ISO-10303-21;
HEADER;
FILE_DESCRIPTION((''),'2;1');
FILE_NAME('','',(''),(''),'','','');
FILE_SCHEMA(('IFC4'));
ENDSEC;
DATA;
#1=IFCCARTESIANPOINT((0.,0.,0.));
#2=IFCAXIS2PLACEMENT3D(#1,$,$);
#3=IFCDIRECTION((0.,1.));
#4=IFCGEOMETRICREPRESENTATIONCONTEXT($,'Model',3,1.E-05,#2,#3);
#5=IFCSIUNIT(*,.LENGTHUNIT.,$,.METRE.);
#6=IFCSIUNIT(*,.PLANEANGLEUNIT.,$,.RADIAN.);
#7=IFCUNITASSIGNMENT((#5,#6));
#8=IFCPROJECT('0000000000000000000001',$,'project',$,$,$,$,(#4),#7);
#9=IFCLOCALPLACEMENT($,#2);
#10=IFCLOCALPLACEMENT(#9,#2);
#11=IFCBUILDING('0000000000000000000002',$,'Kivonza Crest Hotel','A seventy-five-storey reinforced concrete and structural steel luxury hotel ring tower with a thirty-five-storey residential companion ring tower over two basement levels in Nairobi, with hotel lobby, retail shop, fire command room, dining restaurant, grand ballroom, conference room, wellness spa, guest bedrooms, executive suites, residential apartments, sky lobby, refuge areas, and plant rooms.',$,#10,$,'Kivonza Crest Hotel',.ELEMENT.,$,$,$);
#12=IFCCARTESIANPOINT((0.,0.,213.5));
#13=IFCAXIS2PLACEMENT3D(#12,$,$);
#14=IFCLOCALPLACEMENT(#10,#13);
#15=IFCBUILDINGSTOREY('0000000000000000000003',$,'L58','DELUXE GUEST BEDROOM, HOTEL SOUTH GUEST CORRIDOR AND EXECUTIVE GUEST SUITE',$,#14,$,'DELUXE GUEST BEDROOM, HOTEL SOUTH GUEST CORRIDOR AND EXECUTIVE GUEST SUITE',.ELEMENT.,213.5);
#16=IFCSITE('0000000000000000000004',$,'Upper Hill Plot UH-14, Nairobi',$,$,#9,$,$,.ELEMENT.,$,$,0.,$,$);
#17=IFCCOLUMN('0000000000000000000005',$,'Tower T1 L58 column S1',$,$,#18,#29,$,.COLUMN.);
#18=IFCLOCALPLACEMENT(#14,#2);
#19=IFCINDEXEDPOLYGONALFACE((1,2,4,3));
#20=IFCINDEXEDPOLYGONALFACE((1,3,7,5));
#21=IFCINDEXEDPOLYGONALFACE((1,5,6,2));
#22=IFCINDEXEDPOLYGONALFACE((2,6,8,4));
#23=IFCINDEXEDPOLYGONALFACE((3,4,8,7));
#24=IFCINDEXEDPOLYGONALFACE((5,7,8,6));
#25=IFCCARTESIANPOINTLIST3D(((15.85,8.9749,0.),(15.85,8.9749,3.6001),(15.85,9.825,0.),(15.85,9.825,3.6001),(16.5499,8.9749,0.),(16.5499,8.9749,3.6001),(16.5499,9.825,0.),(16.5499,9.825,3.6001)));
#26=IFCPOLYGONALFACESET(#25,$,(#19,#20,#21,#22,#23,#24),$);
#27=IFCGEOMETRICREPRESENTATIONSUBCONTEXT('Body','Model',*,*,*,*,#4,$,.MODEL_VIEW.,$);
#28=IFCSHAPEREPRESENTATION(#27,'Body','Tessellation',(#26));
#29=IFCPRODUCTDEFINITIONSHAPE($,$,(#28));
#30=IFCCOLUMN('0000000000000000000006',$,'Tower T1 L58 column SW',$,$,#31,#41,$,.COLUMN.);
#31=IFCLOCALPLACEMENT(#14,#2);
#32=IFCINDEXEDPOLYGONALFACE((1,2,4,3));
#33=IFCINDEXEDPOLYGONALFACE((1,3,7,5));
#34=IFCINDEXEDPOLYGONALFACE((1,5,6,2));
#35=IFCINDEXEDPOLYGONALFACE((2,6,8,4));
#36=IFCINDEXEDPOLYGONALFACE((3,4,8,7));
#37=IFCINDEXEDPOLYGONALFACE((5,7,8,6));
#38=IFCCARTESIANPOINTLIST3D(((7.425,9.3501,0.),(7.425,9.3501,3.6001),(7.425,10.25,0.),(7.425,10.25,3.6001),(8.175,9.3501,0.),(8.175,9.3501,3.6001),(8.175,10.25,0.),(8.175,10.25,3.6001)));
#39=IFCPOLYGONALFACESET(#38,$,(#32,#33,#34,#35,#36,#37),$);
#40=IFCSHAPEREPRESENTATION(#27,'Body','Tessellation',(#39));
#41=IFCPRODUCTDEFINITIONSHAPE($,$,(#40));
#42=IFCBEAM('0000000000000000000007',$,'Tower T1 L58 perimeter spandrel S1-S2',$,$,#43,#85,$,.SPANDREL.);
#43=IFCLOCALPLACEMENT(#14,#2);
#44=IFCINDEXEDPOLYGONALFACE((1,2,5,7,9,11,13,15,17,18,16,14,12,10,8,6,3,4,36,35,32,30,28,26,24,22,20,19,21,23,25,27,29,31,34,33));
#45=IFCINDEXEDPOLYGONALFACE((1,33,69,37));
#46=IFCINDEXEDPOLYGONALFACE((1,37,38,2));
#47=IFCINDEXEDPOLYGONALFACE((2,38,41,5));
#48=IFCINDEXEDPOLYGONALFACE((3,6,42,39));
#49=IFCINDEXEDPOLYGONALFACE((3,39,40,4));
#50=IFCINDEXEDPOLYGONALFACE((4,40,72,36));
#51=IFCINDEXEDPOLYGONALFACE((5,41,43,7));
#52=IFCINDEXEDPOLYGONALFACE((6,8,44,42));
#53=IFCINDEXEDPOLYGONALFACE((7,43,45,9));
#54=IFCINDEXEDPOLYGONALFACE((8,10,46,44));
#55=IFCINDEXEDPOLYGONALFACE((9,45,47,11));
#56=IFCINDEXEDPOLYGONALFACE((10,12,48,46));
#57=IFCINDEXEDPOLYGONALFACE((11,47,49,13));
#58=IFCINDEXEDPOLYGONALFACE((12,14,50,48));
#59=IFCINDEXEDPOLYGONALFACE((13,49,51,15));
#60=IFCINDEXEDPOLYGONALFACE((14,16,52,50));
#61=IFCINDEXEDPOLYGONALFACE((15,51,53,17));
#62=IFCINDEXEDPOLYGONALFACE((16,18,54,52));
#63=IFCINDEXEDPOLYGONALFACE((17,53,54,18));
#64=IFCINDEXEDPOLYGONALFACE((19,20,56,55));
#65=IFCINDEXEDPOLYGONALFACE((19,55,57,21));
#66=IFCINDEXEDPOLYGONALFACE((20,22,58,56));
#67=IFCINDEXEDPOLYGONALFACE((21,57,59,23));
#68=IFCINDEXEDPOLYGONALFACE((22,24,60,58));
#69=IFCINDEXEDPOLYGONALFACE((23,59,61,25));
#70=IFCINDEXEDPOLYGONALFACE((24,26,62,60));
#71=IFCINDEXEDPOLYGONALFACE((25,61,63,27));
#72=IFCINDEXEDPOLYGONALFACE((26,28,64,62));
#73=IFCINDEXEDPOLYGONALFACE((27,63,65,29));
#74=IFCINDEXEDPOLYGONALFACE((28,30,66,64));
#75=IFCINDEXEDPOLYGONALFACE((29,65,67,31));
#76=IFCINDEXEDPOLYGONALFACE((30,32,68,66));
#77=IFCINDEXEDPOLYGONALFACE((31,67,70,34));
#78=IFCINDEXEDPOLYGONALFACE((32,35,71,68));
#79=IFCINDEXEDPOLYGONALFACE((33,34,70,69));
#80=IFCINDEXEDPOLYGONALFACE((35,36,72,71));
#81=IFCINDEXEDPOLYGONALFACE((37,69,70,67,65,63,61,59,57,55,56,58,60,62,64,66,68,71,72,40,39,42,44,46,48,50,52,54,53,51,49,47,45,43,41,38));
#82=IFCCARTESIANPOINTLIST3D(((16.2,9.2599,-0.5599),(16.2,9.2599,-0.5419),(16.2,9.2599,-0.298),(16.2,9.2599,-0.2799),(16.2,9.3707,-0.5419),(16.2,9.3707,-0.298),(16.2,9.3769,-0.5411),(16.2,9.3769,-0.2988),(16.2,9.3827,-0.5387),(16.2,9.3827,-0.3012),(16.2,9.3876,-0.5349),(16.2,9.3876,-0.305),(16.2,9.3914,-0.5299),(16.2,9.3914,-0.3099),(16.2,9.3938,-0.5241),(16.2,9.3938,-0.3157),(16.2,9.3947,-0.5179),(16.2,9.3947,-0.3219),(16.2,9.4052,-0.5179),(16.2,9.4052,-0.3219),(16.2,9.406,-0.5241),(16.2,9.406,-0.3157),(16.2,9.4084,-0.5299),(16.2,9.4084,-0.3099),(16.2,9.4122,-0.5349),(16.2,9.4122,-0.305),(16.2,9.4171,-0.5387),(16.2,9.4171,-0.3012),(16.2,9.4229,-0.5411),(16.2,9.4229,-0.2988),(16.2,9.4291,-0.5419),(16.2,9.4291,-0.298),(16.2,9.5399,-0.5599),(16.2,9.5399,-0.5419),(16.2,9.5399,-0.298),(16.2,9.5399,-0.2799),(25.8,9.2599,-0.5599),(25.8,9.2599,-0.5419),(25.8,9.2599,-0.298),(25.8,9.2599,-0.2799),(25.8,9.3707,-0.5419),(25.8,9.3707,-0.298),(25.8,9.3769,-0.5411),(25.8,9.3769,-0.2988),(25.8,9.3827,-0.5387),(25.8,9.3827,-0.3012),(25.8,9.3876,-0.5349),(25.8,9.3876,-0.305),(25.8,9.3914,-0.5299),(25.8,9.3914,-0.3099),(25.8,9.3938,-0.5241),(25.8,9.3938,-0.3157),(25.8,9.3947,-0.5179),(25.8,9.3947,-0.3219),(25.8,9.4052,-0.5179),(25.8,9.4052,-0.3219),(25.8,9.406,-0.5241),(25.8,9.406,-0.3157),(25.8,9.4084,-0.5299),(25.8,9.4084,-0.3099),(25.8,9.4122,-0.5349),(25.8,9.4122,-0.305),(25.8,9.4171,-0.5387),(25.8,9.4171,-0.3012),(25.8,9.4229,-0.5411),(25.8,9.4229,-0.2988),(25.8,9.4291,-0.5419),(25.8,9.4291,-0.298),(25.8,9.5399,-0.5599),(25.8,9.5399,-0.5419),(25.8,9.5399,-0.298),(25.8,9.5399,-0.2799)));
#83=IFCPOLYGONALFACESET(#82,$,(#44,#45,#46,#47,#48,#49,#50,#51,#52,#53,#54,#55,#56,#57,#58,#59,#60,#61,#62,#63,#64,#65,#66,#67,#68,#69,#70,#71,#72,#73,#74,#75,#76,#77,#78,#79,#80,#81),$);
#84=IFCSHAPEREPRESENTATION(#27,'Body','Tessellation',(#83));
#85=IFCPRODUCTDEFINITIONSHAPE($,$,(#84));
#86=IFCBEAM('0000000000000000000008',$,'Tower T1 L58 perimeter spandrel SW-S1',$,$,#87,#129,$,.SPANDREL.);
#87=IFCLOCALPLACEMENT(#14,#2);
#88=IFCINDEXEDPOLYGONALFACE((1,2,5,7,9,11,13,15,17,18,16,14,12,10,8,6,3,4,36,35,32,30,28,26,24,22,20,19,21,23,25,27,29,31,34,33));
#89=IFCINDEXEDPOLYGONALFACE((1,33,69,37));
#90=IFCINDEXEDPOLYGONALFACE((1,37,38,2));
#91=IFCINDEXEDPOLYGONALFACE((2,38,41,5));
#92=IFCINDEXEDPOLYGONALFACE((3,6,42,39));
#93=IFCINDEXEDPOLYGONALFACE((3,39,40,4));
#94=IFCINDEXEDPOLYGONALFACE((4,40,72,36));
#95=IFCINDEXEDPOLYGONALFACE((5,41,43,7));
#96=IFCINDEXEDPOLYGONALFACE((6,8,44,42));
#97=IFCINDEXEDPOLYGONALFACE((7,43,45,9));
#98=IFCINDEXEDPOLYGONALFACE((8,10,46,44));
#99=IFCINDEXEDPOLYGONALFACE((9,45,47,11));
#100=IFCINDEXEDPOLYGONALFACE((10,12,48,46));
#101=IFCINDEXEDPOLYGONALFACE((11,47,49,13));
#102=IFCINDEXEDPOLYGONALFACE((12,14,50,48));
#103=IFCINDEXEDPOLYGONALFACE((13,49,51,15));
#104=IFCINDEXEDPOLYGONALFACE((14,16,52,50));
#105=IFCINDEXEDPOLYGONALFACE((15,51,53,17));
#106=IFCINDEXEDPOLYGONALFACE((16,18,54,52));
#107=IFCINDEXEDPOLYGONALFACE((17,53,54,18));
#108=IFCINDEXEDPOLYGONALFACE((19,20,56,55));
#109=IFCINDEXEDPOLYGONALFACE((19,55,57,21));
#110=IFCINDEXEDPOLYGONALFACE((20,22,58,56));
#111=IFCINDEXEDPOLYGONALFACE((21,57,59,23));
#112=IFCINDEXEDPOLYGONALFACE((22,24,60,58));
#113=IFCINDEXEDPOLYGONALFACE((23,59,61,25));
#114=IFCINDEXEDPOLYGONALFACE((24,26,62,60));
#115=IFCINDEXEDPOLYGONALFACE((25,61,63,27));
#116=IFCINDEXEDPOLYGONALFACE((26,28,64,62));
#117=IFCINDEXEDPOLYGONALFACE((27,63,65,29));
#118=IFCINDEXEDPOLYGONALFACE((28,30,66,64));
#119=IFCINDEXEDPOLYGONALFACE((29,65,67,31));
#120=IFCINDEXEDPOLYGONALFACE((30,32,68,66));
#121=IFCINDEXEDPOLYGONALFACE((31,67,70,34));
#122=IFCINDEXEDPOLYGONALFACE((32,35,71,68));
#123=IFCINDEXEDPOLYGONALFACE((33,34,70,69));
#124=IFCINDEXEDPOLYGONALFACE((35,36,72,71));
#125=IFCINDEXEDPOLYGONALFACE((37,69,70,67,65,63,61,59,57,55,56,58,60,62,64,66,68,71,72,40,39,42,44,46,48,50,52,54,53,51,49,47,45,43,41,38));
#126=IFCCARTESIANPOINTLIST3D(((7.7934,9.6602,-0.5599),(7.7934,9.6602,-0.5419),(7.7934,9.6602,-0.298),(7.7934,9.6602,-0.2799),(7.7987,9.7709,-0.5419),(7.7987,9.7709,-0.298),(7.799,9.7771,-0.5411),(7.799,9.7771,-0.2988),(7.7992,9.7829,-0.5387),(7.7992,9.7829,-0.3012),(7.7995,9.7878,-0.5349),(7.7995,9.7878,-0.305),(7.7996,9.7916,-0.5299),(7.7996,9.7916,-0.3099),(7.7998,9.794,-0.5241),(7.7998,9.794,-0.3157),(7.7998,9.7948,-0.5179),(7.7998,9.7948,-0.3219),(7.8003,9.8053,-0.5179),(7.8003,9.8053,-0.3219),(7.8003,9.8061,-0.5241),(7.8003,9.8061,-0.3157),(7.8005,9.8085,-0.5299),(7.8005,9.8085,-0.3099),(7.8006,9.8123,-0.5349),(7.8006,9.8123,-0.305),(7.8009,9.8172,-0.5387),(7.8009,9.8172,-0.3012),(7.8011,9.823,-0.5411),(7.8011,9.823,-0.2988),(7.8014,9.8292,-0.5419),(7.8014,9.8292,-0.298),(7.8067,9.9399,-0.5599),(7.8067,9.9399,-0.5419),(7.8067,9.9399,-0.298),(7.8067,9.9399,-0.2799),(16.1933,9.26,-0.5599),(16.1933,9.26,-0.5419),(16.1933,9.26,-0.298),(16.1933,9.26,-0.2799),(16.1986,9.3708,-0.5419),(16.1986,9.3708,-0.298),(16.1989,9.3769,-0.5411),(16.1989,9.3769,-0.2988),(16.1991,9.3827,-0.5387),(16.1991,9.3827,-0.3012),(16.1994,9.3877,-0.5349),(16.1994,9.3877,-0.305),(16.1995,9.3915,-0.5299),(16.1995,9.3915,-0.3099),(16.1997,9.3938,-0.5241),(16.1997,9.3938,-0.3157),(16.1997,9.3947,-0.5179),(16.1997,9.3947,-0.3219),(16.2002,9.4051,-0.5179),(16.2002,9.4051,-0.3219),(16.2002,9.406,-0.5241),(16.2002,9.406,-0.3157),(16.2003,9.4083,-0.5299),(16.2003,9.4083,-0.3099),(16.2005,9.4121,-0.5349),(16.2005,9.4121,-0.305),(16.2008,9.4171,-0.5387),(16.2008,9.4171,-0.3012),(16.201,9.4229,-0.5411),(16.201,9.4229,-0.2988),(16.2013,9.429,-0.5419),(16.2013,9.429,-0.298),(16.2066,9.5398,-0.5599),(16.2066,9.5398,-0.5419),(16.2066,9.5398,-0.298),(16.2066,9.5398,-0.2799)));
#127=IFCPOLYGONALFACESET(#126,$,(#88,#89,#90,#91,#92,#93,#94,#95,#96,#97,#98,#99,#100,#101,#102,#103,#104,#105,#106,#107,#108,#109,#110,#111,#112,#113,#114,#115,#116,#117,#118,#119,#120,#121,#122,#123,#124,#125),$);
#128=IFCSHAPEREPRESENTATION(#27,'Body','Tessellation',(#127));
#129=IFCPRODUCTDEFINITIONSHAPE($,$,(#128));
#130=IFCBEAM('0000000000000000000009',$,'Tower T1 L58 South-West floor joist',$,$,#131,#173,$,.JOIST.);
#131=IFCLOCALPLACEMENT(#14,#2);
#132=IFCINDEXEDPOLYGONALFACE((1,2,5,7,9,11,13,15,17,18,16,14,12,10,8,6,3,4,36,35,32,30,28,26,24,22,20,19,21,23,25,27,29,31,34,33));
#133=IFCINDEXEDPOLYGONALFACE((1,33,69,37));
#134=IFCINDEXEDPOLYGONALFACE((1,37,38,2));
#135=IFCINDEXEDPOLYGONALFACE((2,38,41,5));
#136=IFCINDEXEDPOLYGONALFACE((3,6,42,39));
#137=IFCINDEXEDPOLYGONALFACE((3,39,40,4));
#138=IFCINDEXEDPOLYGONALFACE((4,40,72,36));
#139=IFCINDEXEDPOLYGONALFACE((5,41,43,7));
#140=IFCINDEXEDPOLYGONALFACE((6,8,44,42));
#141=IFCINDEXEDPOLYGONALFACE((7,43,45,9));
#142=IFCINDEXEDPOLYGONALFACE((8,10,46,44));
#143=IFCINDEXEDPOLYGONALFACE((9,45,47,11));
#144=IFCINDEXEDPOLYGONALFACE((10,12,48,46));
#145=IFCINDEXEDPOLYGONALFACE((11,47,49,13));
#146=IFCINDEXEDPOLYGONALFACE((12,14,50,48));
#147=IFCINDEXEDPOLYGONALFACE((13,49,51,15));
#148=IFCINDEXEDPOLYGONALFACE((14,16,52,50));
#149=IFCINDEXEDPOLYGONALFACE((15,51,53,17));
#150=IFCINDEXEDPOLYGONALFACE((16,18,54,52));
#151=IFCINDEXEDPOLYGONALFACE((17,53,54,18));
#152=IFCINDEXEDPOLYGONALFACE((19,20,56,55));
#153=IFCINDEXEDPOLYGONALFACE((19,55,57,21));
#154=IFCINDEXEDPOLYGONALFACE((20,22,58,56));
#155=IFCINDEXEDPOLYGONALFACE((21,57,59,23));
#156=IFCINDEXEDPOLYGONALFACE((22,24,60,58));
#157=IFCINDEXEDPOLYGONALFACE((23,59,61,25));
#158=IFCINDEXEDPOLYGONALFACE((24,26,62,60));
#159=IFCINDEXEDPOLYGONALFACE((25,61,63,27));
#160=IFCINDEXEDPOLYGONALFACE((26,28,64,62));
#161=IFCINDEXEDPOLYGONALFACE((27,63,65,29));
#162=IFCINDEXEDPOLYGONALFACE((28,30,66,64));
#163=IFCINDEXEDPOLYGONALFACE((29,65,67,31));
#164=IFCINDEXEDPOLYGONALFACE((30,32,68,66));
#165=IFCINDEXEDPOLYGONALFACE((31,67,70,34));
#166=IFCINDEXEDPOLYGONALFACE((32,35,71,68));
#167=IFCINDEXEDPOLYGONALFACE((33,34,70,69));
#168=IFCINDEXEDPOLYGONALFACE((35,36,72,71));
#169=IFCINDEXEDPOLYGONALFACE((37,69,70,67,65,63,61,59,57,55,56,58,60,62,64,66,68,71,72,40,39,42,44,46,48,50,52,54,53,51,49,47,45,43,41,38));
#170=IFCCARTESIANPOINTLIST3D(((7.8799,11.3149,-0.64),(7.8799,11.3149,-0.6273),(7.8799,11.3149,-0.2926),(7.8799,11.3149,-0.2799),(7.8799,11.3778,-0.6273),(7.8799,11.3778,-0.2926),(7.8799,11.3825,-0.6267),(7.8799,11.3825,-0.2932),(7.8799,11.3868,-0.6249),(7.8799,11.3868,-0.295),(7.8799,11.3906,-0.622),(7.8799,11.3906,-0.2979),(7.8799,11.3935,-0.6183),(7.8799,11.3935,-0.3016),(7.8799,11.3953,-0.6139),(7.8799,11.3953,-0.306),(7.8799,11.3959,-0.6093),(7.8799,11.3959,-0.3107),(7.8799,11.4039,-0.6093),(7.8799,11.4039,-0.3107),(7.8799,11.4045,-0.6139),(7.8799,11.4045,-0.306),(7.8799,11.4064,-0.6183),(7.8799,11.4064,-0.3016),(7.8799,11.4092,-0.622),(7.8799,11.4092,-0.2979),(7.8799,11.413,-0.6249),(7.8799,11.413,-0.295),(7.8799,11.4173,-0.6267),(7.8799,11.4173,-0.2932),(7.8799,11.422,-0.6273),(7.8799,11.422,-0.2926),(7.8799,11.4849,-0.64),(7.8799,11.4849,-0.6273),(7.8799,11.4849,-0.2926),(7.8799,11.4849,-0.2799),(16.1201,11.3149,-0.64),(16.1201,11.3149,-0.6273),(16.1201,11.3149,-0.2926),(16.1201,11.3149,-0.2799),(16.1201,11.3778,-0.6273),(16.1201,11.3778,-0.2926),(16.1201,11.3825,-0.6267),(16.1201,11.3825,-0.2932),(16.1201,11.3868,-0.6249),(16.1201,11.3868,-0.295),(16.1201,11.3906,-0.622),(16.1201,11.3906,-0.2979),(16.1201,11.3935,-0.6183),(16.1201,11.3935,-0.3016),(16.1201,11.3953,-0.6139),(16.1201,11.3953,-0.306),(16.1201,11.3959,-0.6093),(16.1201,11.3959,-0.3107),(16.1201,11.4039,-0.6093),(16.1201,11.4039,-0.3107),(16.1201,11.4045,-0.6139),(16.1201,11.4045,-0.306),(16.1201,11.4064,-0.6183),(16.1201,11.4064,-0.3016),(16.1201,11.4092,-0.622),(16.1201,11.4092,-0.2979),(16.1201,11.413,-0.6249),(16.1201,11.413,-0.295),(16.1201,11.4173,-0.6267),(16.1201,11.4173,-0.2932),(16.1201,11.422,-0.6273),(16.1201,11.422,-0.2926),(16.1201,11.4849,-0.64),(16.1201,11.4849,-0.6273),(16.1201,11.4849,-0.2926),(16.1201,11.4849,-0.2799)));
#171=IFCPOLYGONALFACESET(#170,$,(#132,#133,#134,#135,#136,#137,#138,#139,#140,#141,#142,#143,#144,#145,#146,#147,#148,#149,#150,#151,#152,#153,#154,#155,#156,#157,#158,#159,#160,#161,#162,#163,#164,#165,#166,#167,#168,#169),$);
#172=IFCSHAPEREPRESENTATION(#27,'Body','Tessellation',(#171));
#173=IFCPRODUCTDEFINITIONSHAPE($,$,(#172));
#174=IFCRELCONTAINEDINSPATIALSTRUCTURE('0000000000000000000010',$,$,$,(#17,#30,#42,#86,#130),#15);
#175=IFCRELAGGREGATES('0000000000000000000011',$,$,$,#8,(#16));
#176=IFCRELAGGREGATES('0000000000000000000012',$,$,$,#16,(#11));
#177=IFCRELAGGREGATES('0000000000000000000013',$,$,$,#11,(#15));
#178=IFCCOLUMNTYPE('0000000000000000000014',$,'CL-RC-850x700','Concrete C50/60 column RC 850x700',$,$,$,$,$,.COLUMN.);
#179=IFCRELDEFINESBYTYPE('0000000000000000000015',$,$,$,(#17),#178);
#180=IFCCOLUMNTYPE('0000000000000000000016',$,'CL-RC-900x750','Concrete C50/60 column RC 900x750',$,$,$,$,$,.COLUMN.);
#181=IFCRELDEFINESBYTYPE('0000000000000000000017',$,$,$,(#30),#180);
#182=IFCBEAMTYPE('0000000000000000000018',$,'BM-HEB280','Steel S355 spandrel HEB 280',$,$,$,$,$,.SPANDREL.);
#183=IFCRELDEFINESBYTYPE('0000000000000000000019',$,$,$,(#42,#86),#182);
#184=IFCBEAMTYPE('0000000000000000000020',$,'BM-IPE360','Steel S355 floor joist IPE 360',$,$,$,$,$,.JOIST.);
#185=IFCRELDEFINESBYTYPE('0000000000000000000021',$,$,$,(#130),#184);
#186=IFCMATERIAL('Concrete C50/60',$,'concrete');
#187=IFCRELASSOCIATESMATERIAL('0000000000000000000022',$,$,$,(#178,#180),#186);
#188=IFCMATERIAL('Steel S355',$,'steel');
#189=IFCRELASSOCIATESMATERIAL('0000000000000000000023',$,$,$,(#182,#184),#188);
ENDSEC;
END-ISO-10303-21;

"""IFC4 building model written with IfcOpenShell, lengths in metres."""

from ifc_helpers import new_model, si_unit, direction, frame, origin, origin_2d, place, context, subcontext, project, spatial, rectangle, i_section, extrude, material, material_profile, profile_set, type_object, element, save


model = new_model("IFC4")

# Units and contexts
model_context = context("Model", 3, precision=1e-05, world=origin(), true_north=direction((0.0, 1.0)))
body_context = subcontext(model_context, "Body", "Model", "MODEL_VIEW")
ifc_project = project(units=[si_unit("LENGTHUNIT", "METRE"), si_unit("PLANEANGLEUNIT", "RADIAN")], contexts=[model_context])

# Site, building, storey
site_placement = place(None, origin())
site = spatial("IfcSite", under=ifc_project, at=site_placement, Name="Upper Hill Plot UH-14, Nairobi", CompositionType="ELEMENT", RefElevation=0.0)
building_placement = place(site_placement, origin())
building = spatial("IfcBuilding", under=site, at=building_placement, Name="Kivonza Crest Hotel", Description="A seventy-five-storey reinforced concrete and structural steel luxury hotel ring tower with a thirty-five-storey residential companion ring tower over two basement levels in Nairobi, with hotel lobby, retail shop, fire command room, dining restaurant, grand ballroom, conference room, wellness spa, guest bedrooms, executive suites, residential apartments, sky lobby, refuge areas, and plant rooms.", LongName="Kivonza Crest Hotel", CompositionType="ELEMENT")
storey_placement = place(building_placement, frame((0.0, 0.0, 213.5)))
storey = spatial("IfcBuildingStorey", under=building, at=storey_placement, Name="L58", Description="DELUXE GUEST BEDROOM, HOTEL SOUTH GUEST CORRIDOR AND EXECUTIVE GUEST SUITE", LongName="DELUXE GUEST BEDROOM, HOTEL SOUTH GUEST CORRIDOR AND EXECUTIVE GUEST SUITE", CompositionType="ELEMENT", Elevation=213.5)

# Columns
ifc_material_1 = material(Name="Concrete C50/60", Category="concrete")
ifc_material_profile_1 = material_profile(ifc_material_1, rectangle(XDim=0.7, YDim=0.8501, at=origin_2d()), Name="RC 850x700")
ifc_profile_set_1 = profile_set([ifc_material_profile_1], Name="Concrete C50/60")
column_type_1 = type_object("IfcColumnType", Name="CL-RC-850x700", Description="Concrete C50/60 column RC 850x700", PredefinedType="COLUMN", material=ifc_profile_set_1)
column_1_placement = place(storey_placement, frame((16.2, 9.3999, 0.0), z_axis=(0.0, 0.0, 1.0), x_axis=(1.0, 0.0, 0.0)))
element("IfcColumn", 1, at=column_1_placement, inside=storey, type_object=column_type_1, Name="Tower T1 L58 column S1", PredefinedType="COLUMN", context=body_context, shape_type="SweptSolid", body=[
    extrude(rectangle(XDim=0.7, YDim=0.8501, at=origin_2d()), origin(), (0.0, 0.0, 1.0), 3.6001),
])
ifc_material_profile_2 = material_profile(ifc_material_1, rectangle(XDim=0.75, YDim=0.8999, at=origin_2d()), Name="RC 900x750")
ifc_profile_set_2 = profile_set([ifc_material_profile_2], Name="Concrete C50/60")
column_type_2 = type_object("IfcColumnType", Name="CL-RC-900x750", Description="Concrete C50/60 column RC 900x750", PredefinedType="COLUMN", material=ifc_profile_set_2)
column_2_placement = place(storey_placement, frame((7.8, 9.8, 0.0), z_axis=(0.0, 0.0, 1.0), x_axis=(1.0, 0.0, 0.0)))
element("IfcColumn", 2, at=column_2_placement, inside=storey, type_object=column_type_2, Name="Tower T1 L58 column SW", PredefinedType="COLUMN", context=body_context, shape_type="SweptSolid", body=[
    extrude(rectangle(XDim=0.75, YDim=0.8999, at=origin_2d()), origin(), (0.0, 0.0, 1.0), 3.6001),
])

# Beams
ifc_material_2 = material(Name="Steel S355", Category="steel")
ifc_material_profile_3 = material_profile(ifc_material_2, i_section(OverallWidth=0.28, OverallDepth=0.28, WebThickness=0.0105, FlangeThickness=0.0181, FilletRadius=0.0239, at=origin_2d()), Name="HEB 280")
ifc_profile_set_3 = profile_set([ifc_material_profile_3], Name="Steel S355")
beam_type_1 = type_object("IfcBeamType", Name="BM-HEB280", Description="Steel S355 spandrel HEB 280", PredefinedType="SPANDREL", material=ifc_profile_set_3)
beam_1_placement = place(storey_placement, frame((16.2, 9.3999, -0.4199), z_axis=(1.0, 0.0, 0.0), x_axis=(0.0, 1.0, 0.0)))
element("IfcBeam", 3, at=beam_1_placement, inside=storey, type_object=beam_type_1, Name="Tower T1 L58 perimeter spandrel S1-S2", PredefinedType="SPANDREL", context=body_context, shape_type="SweptSolid", body=[
    extrude(i_section(OverallWidth=0.28, OverallDepth=0.28, WebThickness=0.0105, FlangeThickness=0.0181, FilletRadius=0.0239, at=origin_2d()), origin(), (0.0, 0.0, 1.0), 9.6001),
])
beam_2_placement = place(storey_placement, frame((7.8, 9.8, -0.4199), z_axis=(0.998867, -0.047583, 0.0), x_axis=(0.047583, 0.998867, 0.0)))
element("IfcBeam", 4, at=beam_2_placement, inside=storey, type_object=beam_type_1, Name="Tower T1 L58 perimeter spandrel SW-S1", PredefinedType="SPANDREL", context=body_context, shape_type="SweptSolid", body=[
    extrude(i_section(OverallWidth=0.28, OverallDepth=0.28, WebThickness=0.0105, FlangeThickness=0.0181, FilletRadius=0.0239, at=origin_2d()), origin(), (0.0, 0.0, 1.0), 8.4094),
])
ifc_material_profile_4 = material_profile(ifc_material_2, i_section(OverallWidth=0.1699, OverallDepth=0.3601, WebThickness=0.0081, FlangeThickness=0.0127, FilletRadius=0.0181, at=origin_2d()), Name="IPE 360")
ifc_profile_set_4 = profile_set([ifc_material_profile_4], Name="Steel S355")
beam_type_2 = type_object("IfcBeamType", Name="BM-IPE360", Description="Steel S355 floor joist IPE 360", PredefinedType="JOIST", material=ifc_profile_set_4)
beam_3_placement = place(storey_placement, frame((7.8799, 11.3999, -0.46), z_axis=(1.0, 0.0, 0.0), x_axis=(0.0, 1.0, 0.0)))
element("IfcBeam", 5, at=beam_3_placement, inside=storey, type_object=beam_type_2, Name="Tower T1 L58 South-West floor joist", PredefinedType="JOIST", context=body_context, shape_type="SweptSolid", body=[
    extrude(i_section(OverallWidth=0.1699, OverallDepth=0.3601, WebThickness=0.0081, FlangeThickness=0.0127, FilletRadius=0.0181, at=origin_2d()), origin(), (0.0, 0.0, 1.0), 8.2402),
])

save(model, "model.ifc")
